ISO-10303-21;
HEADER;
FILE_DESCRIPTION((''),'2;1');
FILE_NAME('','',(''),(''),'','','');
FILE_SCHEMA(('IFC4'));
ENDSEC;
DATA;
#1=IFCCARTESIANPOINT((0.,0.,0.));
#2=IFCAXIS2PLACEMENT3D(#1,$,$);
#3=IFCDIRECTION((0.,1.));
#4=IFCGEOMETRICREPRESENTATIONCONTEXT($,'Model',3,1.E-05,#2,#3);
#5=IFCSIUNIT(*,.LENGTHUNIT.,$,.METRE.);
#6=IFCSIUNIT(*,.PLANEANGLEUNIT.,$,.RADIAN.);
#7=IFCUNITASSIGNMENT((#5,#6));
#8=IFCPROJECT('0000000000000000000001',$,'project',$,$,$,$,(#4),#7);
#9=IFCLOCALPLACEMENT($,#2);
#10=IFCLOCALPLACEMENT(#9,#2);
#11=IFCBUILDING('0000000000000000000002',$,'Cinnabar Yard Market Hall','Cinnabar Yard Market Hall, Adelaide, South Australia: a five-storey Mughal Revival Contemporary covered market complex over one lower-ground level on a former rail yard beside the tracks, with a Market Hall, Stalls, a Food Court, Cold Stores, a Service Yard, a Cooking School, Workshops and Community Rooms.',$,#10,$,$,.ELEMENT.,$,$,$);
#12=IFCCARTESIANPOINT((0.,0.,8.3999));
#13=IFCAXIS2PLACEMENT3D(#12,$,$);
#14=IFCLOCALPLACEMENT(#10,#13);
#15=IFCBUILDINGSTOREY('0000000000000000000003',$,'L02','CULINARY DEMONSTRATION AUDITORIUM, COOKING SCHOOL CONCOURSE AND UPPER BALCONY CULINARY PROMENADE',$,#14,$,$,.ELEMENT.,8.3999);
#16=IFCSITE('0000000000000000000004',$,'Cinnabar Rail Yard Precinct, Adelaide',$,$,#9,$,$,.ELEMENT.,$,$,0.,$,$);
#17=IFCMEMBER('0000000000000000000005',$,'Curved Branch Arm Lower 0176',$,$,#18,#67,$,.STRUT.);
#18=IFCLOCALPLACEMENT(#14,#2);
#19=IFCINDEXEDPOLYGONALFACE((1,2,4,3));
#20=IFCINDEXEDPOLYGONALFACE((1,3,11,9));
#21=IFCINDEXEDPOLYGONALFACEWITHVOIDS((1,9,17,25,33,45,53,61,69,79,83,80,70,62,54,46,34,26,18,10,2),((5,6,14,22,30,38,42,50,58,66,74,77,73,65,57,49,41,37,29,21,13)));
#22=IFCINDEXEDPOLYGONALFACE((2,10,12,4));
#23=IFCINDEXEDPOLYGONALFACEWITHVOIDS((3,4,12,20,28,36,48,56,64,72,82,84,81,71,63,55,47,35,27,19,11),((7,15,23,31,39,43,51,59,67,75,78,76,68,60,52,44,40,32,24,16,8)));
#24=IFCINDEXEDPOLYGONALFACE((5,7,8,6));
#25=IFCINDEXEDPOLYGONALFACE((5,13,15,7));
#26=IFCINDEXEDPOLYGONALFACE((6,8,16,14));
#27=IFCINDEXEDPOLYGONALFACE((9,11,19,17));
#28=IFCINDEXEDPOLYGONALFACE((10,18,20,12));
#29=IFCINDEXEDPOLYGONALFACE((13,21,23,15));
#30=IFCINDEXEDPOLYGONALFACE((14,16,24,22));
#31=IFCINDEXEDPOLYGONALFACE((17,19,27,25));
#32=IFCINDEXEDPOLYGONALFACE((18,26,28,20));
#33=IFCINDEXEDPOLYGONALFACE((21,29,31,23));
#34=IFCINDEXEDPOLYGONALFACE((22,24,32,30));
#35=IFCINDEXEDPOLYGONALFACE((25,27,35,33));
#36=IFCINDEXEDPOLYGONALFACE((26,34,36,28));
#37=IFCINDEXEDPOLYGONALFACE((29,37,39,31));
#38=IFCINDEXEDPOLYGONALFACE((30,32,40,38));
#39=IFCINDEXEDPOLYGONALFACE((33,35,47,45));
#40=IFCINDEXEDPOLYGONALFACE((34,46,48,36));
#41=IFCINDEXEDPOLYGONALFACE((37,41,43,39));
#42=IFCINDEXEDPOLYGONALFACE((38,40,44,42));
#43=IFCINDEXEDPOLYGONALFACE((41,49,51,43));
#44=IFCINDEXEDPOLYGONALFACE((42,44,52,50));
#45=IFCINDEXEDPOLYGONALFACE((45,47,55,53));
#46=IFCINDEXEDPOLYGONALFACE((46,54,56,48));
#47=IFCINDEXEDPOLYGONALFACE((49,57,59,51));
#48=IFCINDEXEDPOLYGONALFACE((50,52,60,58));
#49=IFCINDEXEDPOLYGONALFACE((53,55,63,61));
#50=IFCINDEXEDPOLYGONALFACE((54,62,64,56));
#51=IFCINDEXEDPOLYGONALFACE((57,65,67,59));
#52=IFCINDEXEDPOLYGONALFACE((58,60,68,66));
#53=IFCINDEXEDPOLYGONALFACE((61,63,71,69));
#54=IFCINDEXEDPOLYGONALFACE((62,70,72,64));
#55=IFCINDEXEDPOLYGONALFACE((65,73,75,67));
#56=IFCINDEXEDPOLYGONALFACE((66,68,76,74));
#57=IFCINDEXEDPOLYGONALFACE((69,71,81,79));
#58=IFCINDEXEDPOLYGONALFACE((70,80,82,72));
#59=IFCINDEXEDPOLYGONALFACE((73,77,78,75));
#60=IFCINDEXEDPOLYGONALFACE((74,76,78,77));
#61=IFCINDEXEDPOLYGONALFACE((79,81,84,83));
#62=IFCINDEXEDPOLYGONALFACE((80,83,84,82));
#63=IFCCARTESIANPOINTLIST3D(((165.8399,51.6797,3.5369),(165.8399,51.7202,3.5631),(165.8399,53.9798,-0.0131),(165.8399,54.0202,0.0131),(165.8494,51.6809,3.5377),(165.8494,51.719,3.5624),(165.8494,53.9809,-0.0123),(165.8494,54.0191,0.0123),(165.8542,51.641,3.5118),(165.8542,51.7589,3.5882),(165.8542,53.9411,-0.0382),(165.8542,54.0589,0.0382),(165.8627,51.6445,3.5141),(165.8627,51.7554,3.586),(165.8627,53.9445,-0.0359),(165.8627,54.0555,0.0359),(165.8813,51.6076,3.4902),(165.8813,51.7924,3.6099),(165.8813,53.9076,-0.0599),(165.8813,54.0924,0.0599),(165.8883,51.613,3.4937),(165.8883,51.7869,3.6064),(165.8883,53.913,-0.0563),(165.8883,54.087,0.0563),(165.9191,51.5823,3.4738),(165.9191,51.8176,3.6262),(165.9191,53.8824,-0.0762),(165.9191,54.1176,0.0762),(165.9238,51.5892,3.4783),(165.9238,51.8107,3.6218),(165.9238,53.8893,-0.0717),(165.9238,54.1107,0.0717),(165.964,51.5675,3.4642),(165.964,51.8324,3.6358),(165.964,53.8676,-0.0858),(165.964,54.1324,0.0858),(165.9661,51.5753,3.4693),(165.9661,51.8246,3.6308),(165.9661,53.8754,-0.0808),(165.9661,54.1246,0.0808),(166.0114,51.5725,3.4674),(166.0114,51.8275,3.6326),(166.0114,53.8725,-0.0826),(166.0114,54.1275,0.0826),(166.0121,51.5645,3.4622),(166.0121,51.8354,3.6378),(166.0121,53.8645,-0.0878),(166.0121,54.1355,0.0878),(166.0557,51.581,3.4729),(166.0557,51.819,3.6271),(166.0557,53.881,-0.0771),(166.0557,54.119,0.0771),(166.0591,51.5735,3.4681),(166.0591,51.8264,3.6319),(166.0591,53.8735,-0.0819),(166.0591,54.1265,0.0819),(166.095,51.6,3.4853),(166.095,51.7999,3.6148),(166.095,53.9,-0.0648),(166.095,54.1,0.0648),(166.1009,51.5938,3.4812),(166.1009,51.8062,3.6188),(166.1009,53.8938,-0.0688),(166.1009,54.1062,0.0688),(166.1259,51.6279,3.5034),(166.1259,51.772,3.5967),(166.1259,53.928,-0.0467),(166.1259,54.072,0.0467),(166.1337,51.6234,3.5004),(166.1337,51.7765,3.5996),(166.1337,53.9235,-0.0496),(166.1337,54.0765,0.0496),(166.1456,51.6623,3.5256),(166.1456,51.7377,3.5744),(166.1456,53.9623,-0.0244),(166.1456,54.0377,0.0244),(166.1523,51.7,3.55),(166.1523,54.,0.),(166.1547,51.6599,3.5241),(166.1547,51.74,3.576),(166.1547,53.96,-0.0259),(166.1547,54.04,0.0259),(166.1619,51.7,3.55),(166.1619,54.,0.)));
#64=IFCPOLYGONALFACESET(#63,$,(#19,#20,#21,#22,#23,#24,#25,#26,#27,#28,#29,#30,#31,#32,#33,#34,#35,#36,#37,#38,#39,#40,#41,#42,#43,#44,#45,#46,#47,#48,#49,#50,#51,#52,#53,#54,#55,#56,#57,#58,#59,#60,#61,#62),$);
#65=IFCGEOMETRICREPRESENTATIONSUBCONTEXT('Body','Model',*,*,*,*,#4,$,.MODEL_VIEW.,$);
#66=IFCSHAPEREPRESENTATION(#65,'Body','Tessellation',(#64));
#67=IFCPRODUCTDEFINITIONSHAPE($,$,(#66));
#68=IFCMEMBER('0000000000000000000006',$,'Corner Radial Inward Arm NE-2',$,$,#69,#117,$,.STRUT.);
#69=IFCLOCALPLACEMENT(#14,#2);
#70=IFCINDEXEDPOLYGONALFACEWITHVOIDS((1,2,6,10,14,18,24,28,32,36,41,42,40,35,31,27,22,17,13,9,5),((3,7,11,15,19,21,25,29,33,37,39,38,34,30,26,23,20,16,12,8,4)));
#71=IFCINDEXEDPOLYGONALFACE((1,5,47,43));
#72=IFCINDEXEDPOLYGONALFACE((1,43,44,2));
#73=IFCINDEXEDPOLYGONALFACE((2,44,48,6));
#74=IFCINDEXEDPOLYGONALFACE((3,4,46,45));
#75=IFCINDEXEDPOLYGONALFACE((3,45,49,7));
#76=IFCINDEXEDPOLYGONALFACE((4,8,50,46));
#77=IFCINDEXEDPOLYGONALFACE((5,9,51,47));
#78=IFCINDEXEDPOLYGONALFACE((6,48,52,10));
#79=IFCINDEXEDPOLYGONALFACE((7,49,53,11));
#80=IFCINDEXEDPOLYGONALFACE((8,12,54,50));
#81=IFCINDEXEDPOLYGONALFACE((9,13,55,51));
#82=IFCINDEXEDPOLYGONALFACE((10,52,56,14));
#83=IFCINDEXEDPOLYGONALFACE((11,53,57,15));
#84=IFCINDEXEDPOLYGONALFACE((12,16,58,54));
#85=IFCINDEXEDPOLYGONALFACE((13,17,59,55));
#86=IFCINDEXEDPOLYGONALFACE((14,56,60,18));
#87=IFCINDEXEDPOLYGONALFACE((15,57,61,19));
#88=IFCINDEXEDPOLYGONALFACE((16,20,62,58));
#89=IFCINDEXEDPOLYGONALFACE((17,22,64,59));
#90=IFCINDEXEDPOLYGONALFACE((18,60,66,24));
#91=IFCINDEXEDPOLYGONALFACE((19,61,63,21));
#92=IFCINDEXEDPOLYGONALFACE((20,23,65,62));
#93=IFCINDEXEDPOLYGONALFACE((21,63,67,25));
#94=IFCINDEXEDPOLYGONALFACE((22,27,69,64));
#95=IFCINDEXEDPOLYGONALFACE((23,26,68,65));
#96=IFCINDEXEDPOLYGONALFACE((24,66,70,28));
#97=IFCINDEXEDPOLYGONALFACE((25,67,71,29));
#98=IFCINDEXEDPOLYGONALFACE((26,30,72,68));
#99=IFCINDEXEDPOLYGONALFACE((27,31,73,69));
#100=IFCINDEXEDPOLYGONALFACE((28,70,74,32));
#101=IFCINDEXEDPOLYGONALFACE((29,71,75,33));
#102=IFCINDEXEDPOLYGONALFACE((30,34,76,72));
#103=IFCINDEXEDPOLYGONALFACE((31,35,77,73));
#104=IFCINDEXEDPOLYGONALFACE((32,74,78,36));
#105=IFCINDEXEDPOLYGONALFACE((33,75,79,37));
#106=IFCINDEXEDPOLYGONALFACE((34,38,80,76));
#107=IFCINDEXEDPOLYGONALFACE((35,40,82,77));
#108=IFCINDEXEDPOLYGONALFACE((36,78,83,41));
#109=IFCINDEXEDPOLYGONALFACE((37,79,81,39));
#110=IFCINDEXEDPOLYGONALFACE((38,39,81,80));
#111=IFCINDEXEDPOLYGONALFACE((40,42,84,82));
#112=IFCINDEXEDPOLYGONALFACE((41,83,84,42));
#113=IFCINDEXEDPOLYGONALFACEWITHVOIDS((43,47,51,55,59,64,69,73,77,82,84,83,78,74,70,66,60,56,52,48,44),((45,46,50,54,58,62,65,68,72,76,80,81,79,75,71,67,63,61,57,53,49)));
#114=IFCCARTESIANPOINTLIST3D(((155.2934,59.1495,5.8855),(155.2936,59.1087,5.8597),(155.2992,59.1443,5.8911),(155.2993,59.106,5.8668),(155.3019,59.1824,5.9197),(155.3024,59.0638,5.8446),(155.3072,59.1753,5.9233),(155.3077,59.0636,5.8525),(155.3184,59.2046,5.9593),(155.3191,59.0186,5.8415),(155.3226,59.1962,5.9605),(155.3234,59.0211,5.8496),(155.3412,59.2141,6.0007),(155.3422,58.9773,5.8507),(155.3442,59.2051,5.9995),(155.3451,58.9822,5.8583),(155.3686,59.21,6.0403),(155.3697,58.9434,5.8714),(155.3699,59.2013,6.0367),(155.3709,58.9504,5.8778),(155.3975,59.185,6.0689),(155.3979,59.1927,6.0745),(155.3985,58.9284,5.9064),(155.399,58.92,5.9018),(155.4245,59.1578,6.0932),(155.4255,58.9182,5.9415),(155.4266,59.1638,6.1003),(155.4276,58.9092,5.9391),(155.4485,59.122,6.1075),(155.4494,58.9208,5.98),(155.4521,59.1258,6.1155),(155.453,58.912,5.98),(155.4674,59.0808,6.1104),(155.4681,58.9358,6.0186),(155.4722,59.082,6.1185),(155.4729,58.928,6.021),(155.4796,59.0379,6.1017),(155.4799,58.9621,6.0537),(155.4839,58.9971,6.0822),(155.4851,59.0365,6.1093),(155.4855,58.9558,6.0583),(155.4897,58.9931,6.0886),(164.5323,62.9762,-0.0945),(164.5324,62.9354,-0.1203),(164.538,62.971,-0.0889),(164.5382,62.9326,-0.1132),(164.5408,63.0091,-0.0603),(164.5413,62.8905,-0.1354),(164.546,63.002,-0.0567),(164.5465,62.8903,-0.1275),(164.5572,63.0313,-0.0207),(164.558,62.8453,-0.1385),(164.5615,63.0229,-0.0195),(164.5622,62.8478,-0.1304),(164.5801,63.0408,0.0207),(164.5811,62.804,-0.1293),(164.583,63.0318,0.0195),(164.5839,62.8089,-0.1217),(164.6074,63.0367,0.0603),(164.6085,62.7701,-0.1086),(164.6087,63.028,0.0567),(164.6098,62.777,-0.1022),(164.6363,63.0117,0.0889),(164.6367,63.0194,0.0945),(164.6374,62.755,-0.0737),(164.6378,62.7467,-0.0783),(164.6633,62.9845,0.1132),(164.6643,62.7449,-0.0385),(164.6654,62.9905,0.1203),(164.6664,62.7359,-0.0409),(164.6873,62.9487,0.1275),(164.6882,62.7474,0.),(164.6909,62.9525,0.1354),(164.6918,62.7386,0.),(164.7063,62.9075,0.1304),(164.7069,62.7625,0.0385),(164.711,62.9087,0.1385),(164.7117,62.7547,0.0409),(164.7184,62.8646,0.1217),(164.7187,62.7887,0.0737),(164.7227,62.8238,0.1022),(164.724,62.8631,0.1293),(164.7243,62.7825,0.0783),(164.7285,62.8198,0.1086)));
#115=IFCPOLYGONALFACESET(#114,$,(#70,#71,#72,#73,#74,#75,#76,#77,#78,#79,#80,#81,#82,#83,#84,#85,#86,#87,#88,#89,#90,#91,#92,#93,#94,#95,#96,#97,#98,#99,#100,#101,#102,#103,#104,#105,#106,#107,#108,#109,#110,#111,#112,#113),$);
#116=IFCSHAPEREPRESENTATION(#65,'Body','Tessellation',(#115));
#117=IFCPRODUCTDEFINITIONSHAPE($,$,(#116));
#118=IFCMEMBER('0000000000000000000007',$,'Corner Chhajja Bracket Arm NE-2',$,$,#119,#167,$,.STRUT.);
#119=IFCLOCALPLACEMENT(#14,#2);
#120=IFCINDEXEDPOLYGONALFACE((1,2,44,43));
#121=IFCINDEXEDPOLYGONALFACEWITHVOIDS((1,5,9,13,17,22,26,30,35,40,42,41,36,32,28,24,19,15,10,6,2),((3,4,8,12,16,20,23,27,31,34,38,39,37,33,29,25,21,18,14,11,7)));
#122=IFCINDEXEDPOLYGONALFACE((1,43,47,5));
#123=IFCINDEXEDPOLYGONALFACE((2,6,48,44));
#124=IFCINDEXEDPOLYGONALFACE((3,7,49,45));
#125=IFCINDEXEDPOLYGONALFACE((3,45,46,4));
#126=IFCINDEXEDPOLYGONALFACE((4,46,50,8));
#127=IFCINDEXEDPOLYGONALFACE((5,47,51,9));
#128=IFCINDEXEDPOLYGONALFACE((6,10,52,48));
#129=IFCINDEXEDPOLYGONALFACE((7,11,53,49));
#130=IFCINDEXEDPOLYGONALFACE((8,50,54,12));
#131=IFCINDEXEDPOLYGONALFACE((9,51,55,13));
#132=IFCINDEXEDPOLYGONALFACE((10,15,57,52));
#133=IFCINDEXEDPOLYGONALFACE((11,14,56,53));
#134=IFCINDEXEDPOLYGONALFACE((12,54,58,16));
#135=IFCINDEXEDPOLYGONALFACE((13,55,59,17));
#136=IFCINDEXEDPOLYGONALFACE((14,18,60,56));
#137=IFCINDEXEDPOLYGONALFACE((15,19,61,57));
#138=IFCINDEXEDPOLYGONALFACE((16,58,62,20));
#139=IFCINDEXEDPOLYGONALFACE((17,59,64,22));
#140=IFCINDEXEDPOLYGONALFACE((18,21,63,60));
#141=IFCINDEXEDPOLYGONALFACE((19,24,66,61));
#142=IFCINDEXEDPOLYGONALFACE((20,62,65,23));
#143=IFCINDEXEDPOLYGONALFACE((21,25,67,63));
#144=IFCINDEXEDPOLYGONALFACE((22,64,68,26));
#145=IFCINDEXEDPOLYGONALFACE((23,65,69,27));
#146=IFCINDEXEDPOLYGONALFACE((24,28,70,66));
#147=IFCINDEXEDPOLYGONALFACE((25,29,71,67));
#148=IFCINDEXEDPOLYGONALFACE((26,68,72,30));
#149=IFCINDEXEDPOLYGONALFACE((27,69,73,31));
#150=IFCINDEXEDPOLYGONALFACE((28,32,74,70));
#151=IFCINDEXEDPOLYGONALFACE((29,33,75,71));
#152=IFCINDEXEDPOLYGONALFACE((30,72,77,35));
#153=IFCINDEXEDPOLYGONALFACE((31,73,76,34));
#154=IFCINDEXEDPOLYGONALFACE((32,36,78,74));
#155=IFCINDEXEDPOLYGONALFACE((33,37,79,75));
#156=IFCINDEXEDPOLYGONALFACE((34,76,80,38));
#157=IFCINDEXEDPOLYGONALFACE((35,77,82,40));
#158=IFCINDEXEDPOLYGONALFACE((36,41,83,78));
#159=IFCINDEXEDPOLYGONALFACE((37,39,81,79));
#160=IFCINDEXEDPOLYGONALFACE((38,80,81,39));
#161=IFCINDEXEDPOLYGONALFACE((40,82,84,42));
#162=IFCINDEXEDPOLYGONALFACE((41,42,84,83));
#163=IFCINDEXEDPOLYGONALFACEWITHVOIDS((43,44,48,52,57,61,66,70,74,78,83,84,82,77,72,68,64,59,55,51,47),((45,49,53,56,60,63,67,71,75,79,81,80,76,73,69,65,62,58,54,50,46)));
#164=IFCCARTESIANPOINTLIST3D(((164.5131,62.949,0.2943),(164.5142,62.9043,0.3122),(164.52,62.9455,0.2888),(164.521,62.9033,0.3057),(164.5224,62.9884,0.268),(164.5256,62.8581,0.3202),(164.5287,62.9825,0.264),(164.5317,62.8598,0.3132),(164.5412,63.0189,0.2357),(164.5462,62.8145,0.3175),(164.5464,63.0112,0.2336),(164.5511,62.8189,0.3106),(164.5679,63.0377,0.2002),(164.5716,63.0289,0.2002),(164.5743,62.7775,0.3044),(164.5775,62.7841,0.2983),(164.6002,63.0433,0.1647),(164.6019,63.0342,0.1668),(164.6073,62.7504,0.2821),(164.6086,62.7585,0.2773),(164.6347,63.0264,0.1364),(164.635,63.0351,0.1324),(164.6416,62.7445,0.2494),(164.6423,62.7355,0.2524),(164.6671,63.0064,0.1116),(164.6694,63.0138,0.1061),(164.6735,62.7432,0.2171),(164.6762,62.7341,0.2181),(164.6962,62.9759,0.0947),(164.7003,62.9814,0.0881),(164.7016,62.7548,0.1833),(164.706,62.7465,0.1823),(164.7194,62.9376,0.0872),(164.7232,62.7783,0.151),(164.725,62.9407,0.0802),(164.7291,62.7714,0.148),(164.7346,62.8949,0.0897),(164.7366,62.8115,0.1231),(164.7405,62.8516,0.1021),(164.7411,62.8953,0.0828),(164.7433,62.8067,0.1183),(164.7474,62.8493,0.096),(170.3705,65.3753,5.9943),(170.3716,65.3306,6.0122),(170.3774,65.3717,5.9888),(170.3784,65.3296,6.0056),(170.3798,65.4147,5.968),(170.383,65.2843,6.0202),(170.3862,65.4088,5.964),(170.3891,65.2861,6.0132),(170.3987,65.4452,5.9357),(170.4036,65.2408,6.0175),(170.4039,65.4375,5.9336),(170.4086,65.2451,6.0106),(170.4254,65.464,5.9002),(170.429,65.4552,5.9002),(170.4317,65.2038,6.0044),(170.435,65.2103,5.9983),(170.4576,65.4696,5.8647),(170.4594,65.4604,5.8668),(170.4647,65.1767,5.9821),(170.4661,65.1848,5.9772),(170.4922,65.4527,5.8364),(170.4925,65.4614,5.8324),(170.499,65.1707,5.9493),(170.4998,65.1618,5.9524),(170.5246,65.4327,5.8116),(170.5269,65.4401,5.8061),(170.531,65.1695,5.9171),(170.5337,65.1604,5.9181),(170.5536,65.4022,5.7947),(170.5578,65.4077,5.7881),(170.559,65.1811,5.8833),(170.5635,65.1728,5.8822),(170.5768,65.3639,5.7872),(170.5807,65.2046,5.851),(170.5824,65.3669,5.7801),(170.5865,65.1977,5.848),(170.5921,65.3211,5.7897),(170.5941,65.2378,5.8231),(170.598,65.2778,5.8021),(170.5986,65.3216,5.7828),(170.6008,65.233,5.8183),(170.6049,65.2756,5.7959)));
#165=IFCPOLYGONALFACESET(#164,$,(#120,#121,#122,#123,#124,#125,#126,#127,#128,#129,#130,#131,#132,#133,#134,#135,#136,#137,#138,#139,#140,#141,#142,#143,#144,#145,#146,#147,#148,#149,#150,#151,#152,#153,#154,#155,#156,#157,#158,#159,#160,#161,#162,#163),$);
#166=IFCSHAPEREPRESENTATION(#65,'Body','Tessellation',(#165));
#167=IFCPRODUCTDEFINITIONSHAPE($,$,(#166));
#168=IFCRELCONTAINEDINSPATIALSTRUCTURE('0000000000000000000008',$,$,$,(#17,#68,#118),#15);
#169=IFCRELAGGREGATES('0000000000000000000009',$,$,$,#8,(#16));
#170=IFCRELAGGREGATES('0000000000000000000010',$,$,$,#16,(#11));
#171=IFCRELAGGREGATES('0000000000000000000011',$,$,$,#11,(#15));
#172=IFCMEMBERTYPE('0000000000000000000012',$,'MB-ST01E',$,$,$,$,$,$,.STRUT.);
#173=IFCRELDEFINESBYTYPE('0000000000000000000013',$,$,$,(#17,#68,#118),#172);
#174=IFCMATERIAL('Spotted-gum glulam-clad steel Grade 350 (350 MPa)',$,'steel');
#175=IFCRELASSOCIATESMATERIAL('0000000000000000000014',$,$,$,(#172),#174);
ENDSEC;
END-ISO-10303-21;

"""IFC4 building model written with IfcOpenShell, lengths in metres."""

from ifc_helpers import new_model, si_unit, direction, frame, origin, origin_2d_with_axis, place, context, subcontext, project, spatial, hollow_circle, extrude, material, material_profile, profile_set, type_object, element, save


model = new_model("IFC4")

# Units and contexts
model_context = context("Model", 3, precision=1e-05, world=origin(), true_north=direction((0.0, 1.0)))
body_context = subcontext(model_context, "Body", "Model", "MODEL_VIEW")
ifc_project = project(units=[si_unit("LENGTHUNIT", "METRE"), si_unit("PLANEANGLEUNIT", "RADIAN")], contexts=[model_context])

# Site, building, storey
site_placement = place(None, origin())
site = spatial("IfcSite", under=ifc_project, at=site_placement, Name="Cinnabar Rail Yard Precinct, Adelaide", CompositionType="ELEMENT", RefElevation=0.0)
building_placement = place(site_placement, origin())
building = spatial("IfcBuilding", under=site, at=building_placement, Name="Cinnabar Yard Market Hall", Description="Cinnabar Yard Market Hall, Adelaide, South Australia: a five-storey Mughal Revival Contemporary covered market complex over one lower-ground level on a former rail yard beside the tracks, with a Market Hall, Stalls, a Food Court, Cold Stores, a Service Yard, a Cooking School, Workshops and Community Rooms.", CompositionType="ELEMENT")
storey_placement = place(building_placement, frame((0.0, 0.0, 8.3999)))
storey = spatial("IfcBuildingStorey", under=building, at=storey_placement, Name="L02", Description="CULINARY DEMONSTRATION AUDITORIUM, COOKING SCHOOL CONCOURSE AND UPPER BALCONY CULINARY PROMENADE", CompositionType="ELEMENT", Elevation=8.3999)

# Shared definitions
ifc_material_1 = material(Name="Spotted-gum glulam-clad steel Grade 350 (350 MPa)", Category="steel")

# Members
ifc_material_profile_1 = material_profile(ifc_material_1, hollow_circle(Radius=0.1619, WallThickness=0.0095, at=origin_2d_with_axis()), Name="323.9x9.5CHS")
ifc_profile_set_1 = profile_set([ifc_material_profile_1], Name="Spotted-gum glulam-clad steel Grade 350 (350 MPa)")
member_type_1 = type_object("IfcMemberType", Name="MB-ST01E", PredefinedType="STRUT", material=ifc_profile_set_1)
member_1_placement = place(storey_placement, frame((166.0, 54.0, 0.0), z_axis=(0.0, -0.543744, 0.839251), x_axis=(1.0, 0.0, 0.0)))
element("IfcMember", 1, at=member_1_placement, inside=storey, type_object=member_type_1, Name="Curved Branch Arm Lower 0176", PredefinedType="STRUT", context=body_context, shape_type="SweptSolid", body=[
    extrude(hollow_circle(Radius=0.1619, WallThickness=0.0095, at=origin_2d_with_axis()), origin(), (0.0, 0.0, 1.0), 4.23),
])
member_2_placement = place(storey_placement, frame((164.6299, 62.8882, 0.0), z_axis=(-0.792923, -0.328425, 0.513235), x_axis=(0.382669, -0.923885, 0.0)))
element("IfcMember", 2, at=member_2_placement, inside=storey, type_object=member_type_1, Name="Corner Radial Inward Arm NE-2", PredefinedType="STRUT", context=body_context, shape_type="SweptSolid", body=[
    extrude(hollow_circle(Radius=0.1619, WallThickness=0.0095, at=origin_2d_with_axis()), origin(), (0.0, 0.0, 1.0), 11.6516),
])
member_3_placement = place(storey_placement, frame((164.6299, 62.8882, 0.2002), z_axis=(0.68704, 0.284587, 0.66857), x_axis=(-0.38269, 0.923877, 0.0)))
element("IfcMember", 3, at=member_3_placement, inside=storey, type_object=member_type_1, Name="Corner Chhajja Bracket Arm NE-2", PredefinedType="STRUT", context=body_context, shape_type="SweptSolid", body=[
    extrude(hollow_circle(Radius=0.1619, WallThickness=0.0095, at=origin_2d_with_axis()), origin(), (0.0, 0.0, 1.0), 8.5256),
])

save(model, "model.ifc")
